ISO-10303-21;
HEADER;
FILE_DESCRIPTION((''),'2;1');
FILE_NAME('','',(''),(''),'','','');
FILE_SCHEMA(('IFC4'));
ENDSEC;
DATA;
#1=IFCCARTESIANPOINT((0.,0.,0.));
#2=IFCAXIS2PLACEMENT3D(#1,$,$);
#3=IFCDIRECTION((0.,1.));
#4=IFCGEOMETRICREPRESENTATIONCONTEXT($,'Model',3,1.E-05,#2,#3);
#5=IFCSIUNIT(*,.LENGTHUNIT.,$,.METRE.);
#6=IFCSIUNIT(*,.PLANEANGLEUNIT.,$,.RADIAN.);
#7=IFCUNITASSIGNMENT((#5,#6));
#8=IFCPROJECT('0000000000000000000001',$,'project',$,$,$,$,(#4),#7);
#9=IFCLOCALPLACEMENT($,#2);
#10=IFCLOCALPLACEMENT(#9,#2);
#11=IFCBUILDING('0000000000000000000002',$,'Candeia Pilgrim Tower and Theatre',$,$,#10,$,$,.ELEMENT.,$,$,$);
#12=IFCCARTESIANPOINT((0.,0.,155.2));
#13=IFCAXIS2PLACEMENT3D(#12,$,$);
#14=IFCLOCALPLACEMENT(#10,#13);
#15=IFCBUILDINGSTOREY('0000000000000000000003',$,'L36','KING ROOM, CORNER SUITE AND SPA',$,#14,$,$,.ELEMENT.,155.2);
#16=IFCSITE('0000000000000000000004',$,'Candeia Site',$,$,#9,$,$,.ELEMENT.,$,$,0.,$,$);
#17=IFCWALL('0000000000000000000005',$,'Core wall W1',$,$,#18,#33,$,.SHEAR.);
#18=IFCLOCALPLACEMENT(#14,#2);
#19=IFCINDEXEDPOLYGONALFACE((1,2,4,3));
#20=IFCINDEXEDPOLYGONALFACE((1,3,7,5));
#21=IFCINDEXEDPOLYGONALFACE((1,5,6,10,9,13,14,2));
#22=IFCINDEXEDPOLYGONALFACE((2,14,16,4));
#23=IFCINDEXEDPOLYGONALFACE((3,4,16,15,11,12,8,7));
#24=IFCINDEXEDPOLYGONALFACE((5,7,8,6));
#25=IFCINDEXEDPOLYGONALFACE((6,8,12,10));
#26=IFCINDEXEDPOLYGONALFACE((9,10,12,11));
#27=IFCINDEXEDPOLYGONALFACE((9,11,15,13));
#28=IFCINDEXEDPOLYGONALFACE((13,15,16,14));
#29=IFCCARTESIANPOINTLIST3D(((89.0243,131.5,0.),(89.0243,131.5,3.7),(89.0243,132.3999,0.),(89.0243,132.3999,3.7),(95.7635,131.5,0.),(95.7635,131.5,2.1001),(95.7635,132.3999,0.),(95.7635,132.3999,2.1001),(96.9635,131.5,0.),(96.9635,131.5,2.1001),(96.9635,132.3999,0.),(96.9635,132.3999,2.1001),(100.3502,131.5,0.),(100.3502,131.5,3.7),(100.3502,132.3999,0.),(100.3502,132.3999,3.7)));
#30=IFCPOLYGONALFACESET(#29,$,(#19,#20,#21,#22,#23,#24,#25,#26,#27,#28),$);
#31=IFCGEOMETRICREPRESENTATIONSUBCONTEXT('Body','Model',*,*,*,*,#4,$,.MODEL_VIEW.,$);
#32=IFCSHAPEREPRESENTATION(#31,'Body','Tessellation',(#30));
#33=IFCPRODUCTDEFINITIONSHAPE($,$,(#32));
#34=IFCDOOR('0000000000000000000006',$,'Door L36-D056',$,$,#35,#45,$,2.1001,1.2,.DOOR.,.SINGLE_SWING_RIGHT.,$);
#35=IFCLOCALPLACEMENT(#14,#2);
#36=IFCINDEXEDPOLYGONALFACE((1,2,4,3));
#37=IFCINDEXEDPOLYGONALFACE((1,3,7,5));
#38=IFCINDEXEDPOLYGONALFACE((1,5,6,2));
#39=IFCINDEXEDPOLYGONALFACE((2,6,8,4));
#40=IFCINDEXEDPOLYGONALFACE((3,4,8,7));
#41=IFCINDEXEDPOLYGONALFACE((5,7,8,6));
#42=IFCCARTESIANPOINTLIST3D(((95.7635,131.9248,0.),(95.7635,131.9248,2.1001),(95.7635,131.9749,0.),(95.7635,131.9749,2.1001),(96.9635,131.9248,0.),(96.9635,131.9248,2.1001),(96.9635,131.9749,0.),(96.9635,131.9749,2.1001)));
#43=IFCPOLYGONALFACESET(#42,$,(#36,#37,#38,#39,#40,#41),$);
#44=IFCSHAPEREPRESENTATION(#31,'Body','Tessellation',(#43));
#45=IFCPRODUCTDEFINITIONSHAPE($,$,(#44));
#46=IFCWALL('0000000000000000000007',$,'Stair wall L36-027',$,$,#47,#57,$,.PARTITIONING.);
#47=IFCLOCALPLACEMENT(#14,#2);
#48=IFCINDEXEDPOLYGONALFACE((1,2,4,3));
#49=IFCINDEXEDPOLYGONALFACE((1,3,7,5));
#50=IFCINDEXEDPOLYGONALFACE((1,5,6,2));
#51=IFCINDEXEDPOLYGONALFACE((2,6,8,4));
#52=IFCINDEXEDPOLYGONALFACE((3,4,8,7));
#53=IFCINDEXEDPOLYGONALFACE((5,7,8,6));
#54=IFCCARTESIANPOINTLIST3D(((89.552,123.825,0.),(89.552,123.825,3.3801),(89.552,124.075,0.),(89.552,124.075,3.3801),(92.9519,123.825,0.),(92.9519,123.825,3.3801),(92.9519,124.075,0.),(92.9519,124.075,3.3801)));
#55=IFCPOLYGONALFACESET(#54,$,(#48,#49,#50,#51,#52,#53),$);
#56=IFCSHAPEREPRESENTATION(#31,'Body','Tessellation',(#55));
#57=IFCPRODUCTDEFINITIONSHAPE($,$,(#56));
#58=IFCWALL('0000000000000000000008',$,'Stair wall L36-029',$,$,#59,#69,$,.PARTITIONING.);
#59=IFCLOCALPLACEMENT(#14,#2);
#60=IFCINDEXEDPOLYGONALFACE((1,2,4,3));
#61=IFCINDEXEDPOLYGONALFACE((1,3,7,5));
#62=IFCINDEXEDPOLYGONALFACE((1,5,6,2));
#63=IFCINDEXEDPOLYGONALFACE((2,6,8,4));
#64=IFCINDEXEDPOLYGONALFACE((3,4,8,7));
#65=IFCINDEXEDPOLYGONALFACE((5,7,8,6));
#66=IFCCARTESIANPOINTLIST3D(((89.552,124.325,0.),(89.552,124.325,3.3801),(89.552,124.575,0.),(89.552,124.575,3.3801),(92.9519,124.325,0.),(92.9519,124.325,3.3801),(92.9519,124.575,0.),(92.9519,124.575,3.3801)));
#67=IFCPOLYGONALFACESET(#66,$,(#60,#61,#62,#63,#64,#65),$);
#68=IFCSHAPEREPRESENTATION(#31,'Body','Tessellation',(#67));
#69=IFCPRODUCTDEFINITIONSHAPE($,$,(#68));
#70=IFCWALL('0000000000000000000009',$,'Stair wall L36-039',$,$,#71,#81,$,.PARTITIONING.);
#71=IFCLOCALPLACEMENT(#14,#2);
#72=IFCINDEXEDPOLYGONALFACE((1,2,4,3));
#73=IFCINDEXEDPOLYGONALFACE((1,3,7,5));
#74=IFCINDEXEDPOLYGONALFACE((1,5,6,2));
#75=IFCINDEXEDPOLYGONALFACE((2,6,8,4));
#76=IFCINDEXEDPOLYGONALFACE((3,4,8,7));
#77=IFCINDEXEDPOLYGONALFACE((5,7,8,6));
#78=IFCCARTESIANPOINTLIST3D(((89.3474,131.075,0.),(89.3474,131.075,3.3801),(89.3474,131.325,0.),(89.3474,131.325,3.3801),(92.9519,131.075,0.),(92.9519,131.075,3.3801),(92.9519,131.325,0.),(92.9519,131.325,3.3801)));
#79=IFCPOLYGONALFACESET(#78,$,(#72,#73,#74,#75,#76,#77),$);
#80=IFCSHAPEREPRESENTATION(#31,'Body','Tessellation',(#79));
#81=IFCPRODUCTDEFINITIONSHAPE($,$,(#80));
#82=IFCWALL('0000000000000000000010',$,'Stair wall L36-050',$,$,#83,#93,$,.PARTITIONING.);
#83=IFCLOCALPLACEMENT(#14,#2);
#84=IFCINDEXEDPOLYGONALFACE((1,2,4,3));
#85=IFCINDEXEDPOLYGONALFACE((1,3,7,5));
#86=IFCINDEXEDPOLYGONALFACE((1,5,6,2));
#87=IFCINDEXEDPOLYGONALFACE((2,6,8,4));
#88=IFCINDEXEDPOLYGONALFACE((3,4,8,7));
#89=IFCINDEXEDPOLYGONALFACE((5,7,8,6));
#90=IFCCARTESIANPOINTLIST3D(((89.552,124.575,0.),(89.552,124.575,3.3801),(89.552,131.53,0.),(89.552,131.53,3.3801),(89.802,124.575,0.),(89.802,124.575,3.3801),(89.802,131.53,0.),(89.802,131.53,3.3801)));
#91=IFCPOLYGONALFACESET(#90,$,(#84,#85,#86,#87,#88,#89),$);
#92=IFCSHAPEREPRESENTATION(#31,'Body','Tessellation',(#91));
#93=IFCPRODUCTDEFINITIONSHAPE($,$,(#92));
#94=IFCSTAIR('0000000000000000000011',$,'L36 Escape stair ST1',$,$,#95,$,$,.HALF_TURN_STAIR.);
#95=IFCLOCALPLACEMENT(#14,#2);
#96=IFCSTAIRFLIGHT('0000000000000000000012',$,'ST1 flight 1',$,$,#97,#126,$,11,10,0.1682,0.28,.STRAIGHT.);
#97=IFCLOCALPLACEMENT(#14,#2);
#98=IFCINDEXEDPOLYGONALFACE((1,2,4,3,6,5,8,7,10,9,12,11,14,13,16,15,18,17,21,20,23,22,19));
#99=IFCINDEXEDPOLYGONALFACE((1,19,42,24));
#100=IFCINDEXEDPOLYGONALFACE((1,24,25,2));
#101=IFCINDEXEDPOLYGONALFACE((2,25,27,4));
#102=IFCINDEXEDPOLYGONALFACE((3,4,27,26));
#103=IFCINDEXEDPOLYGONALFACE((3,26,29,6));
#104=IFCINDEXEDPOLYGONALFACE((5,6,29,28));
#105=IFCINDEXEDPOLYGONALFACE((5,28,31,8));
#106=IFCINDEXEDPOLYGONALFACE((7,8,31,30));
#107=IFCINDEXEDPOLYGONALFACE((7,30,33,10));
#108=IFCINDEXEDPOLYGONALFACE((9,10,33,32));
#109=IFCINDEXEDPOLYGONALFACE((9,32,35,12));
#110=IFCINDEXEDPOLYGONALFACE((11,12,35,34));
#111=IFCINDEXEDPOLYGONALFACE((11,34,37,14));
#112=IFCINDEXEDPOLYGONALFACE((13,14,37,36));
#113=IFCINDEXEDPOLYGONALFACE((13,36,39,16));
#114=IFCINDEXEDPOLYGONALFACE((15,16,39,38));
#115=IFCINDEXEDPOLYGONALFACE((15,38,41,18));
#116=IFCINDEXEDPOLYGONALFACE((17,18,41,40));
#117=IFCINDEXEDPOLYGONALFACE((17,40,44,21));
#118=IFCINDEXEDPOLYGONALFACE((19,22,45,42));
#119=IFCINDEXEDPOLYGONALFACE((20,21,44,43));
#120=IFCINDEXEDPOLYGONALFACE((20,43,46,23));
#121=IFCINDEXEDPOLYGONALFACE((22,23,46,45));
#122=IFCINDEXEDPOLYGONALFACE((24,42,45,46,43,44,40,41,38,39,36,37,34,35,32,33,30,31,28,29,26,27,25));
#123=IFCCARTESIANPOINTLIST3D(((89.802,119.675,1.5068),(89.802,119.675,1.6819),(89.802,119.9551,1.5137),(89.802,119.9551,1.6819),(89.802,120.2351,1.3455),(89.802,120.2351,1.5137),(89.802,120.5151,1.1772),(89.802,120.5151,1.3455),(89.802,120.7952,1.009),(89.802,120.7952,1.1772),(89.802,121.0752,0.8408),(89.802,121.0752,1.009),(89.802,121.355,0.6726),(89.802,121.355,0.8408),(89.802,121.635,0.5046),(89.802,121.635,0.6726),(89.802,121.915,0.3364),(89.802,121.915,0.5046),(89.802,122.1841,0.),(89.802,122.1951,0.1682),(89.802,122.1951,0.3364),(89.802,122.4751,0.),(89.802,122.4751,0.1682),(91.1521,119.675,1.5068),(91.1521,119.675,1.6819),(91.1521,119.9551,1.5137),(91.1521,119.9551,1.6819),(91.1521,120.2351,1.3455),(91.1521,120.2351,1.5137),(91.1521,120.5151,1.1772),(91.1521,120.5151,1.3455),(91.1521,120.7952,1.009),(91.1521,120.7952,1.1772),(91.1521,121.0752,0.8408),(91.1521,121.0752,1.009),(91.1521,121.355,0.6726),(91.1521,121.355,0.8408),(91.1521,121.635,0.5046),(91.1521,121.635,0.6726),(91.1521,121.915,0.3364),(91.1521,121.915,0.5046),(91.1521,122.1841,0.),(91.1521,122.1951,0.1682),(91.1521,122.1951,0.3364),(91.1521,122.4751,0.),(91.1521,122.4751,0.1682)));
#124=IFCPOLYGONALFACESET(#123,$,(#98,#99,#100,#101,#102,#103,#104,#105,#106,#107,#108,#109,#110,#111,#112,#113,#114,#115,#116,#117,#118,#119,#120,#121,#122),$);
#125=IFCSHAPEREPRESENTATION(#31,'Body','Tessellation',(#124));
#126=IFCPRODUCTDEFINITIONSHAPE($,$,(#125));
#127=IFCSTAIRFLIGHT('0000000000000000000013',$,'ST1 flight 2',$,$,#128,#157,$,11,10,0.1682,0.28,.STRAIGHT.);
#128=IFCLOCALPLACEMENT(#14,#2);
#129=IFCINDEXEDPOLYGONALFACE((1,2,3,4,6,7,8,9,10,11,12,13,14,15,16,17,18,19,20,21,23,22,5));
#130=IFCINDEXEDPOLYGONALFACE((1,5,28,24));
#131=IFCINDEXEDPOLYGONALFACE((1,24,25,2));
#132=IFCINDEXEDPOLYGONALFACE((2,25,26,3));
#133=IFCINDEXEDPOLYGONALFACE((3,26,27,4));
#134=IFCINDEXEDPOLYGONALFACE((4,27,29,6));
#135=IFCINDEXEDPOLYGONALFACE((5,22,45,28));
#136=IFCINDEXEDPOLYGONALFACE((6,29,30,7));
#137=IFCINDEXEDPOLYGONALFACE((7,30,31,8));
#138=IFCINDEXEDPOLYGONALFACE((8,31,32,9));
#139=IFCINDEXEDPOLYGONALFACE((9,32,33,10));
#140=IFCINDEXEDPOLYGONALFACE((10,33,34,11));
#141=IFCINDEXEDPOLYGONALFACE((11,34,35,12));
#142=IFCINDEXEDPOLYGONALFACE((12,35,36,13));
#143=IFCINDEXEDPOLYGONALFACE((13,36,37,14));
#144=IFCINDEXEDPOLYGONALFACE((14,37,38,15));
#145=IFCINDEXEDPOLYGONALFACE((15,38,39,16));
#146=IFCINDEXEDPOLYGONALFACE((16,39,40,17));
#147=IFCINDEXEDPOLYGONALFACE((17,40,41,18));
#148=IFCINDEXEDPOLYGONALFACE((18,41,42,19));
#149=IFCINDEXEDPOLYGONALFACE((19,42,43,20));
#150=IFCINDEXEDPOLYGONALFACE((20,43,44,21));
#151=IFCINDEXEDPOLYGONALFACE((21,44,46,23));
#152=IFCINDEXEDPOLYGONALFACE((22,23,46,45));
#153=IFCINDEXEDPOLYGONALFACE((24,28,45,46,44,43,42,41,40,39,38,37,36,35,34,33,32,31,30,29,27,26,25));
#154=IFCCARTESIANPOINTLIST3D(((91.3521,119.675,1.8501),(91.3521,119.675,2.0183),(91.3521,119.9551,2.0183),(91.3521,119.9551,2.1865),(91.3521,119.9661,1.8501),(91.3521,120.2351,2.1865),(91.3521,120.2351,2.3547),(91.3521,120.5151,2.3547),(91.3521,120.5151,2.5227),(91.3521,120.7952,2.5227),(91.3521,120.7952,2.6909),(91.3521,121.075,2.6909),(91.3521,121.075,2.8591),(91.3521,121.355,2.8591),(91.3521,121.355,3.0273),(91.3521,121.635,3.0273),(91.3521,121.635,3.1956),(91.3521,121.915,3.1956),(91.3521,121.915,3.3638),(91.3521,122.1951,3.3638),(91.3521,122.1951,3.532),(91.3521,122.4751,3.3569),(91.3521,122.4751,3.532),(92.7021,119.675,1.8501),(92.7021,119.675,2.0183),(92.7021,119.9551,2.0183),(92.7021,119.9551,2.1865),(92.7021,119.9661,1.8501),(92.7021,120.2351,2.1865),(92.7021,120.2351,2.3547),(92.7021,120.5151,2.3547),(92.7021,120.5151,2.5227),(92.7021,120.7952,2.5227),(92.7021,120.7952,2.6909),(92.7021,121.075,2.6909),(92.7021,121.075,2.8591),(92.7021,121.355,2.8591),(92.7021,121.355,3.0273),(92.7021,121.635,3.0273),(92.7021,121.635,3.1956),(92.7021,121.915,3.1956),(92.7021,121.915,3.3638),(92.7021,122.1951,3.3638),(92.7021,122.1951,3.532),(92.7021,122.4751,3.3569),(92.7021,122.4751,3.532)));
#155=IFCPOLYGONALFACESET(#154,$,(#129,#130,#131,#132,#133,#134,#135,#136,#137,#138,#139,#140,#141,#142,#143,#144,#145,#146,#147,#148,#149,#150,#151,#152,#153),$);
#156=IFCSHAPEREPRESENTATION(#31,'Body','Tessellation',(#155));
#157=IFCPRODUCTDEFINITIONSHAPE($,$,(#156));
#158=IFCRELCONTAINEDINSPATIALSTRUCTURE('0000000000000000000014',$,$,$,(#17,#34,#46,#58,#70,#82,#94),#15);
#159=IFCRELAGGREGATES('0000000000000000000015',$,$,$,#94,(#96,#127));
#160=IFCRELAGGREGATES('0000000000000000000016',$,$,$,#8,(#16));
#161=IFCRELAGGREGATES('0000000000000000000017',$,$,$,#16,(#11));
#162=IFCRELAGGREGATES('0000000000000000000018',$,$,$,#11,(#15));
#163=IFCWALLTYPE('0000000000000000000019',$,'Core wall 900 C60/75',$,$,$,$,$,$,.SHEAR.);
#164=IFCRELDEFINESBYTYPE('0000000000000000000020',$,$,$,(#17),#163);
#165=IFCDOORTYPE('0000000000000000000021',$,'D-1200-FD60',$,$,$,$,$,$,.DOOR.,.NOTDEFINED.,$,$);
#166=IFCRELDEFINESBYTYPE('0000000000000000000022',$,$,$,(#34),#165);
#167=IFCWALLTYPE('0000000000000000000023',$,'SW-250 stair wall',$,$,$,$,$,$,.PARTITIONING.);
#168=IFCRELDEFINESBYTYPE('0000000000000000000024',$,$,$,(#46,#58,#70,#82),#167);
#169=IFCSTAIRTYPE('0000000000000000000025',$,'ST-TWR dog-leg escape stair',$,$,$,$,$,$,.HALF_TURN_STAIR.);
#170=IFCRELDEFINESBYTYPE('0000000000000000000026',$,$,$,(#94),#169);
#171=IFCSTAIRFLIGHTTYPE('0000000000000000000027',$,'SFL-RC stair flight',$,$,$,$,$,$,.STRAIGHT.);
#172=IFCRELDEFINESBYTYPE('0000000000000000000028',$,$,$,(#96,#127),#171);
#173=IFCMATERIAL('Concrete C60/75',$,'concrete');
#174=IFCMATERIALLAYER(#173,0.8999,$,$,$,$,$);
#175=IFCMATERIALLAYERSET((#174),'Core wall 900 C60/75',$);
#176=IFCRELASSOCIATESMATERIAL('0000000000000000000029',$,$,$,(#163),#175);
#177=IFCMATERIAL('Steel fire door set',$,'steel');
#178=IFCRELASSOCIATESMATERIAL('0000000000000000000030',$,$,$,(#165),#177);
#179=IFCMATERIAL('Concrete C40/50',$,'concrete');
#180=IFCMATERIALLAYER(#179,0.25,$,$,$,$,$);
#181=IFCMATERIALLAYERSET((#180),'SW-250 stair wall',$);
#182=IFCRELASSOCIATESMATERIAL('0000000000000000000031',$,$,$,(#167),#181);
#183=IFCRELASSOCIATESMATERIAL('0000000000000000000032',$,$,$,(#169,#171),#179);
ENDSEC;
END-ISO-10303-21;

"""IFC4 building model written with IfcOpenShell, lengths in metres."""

from ifc_helpers import new_model, si_unit, direction, frame, frame_2d, origin, place, context, subcontext, project, spatial, polyline, rectangle, outline, extrude, material, layer, layer_set, type_object, element, fill, aggregate, save


model = new_model("IFC4")

# Units and contexts
model_context = context("Model", 3, precision=1e-05, world=origin(), true_north=direction((0.0, 1.0)))
body_context = subcontext(model_context, "Body", "Model", "MODEL_VIEW")
ifc_project = project(units=[si_unit("LENGTHUNIT", "METRE"), si_unit("PLANEANGLEUNIT", "RADIAN")], contexts=[model_context])

# Site, building, storey
site_placement = place(None, origin())
site = spatial("IfcSite", under=ifc_project, at=site_placement, Name="Candeia Site", CompositionType="ELEMENT", RefElevation=0.0)
building_placement = place(site_placement, origin())
building = spatial("IfcBuilding", under=site, at=building_placement, Name="Candeia Pilgrim Tower and Theatre", CompositionType="ELEMENT")
storey_placement = place(building_placement, frame((0.0, 0.0, 155.2)))
storey = spatial("IfcBuildingStorey", under=building, at=storey_placement, Name="L36", Description="KING ROOM, CORNER SUITE AND SPA", CompositionType="ELEMENT", Elevation=155.2)

# Wall, opening, door
ifc_material_1 = material(Name="Concrete C60/75", Category="concrete")
ifc_layer_1 = layer(ifc_material_1, 0.8999)
ifc_layer_set_1 = layer_set([ifc_layer_1], Name="Core wall 900 C60/75")
wall_type_1 = type_object("IfcWallType", Name="Core wall 900 C60/75", PredefinedType="SHEAR", material=ifc_layer_set_1)
wall_1_placement = place(storey_placement, frame((89.0242, 131.95, 0.0), z_axis=(0.0, 0.0, 1.0), x_axis=(1.0, 0.0, 0.0)))
wall_1 = element("IfcWall", 1, at=wall_1_placement, inside=storey, type_object=wall_type_1, Name="Core wall W1", PredefinedType="SHEAR", context=body_context, shape_type="SweptSolid", body=[
    extrude(rectangle(XDim=11.3259, YDim=0.8999, at=frame_2d((5.6631, 0.0))), origin(), (0.0, 0.0, 1.0), 3.7),
])
opening_placement = place(wall_1_placement, frame((6.7393, 0.0, 0.0)))
opening = element("IfcOpeningElement", 2, at=opening_placement, cuts=wall_1, PredefinedType="OPENING", context=body_context, shape_type="SweptSolid", body=[
    extrude(rectangle(XDim=1.2, YDim=2.1001, at=frame_2d((0.6001, 1.05))), frame((0.0, 0.46, 0.0), z_axis=(0.0, -1.0, 0.0), x_axis=(1.0, 0.0, 0.0)), (0.0, 0.0, 1.0), 0.9199),
])
ifc_material_2 = material(Name="Steel fire door set", Category="steel")
door_type = type_object("IfcDoorType", Name="D-1200-FD60", OperationType="NOTDEFINED", PredefinedType="DOOR", material=ifc_material_2)
door_placement = place(opening_placement, origin())
door = element("IfcDoor", 3, at=door_placement, inside=storey, type_object=door_type, Name="Door L36-D056", OperationType="SINGLE_SWING_RIGHT", OverallHeight=2.1001, OverallWidth=1.2, PredefinedType="DOOR", context=body_context, shape_type="SweptSolid", body=[
    extrude(rectangle(XDim=1.2, YDim=2.1001, at=frame_2d((0.6001, 1.05))), frame((0.0, 0.0249, 0.0), z_axis=(0.0, -1.0, 0.0), x_axis=(1.0, 0.0, 0.0)), (0.0, 0.0, 1.0), 0.05),
])
fill(opening, door)

# Walls
ifc_material_3 = material(Name="Concrete C40/50", Category="concrete")
ifc_layer_2 = layer(ifc_material_3, 0.25)
ifc_layer_set_2 = layer_set([ifc_layer_2], Name="SW-250 stair wall")
wall_type_2 = type_object("IfcWallType", Name="SW-250 stair wall", PredefinedType="PARTITIONING", material=ifc_layer_set_2)
for number, where, z_axis, x_axis, name in (
    (4, (89.552, 123.95, 0.0), (0.0, 0.0, 1.0), (1.0, 0.0, 0.0), "Stair wall L36-027"),
    (5, (89.552, 124.45, 0.0), (0.0, 0.0, 1.0), (1.0, 0.0, 0.0), "Stair wall L36-029"),
):
    element("IfcWall", number, at=place(storey_placement, frame(where, z_axis=z_axis, x_axis=x_axis)), inside=storey, type_object=wall_type_2, Name=name, PredefinedType="PARTITIONING", context=body_context, shape_type="SweptSolid", body=[
        extrude(rectangle(XDim=3.3999, YDim=0.25, at=frame_2d((1.7, 0.0))), origin(), (0.0, 0.0, 1.0), 3.3801),
    ])
wall_2_placement = place(storey_placement, frame((89.3474, 131.2, 0.0), z_axis=(0.0, 0.0, 1.0), x_axis=(1.0, 0.0, 0.0)))
element("IfcWall", 6, at=wall_2_placement, inside=storey, type_object=wall_type_2, Name="Stair wall L36-039", PredefinedType="PARTITIONING", context=body_context, shape_type="SweptSolid", body=[
    extrude(rectangle(XDim=3.6045, YDim=0.25, at=frame_2d((1.8022, 0.0))), origin(), (0.0, 0.0, 1.0), 3.3801),
])
wall_3_placement = place(storey_placement, frame((89.677, 124.575, 0.0), z_axis=(0.0, 0.0, 1.0), x_axis=(0.0, 1.0, 0.0)))
element("IfcWall", 7, at=wall_3_placement, inside=storey, type_object=wall_type_2, Name="Stair wall L36-050", PredefinedType="PARTITIONING", context=body_context, shape_type="SweptSolid", body=[
    extrude(rectangle(XDim=6.9551, YDim=0.25, at=frame_2d((3.4775, 0.0))), origin(), (0.0, 0.0, 1.0), 3.3801),
])

# Stair, stair flights
stair_type = type_object("IfcStairType", Name="ST-TWR dog-leg escape stair", PredefinedType="HALF_TURN_STAIR", material=ifc_material_3)
stair_1_placement = place(storey_placement, origin())
stair_1 = element("IfcStair", 8, at=stair_1_placement, inside=storey, type_object=stair_type, Name="L36 Escape stair ST1", PredefinedType="HALF_TURN_STAIR")
stair_flight_type = type_object("IfcStairFlightType", Name="SFL-RC stair flight", PredefinedType="STRAIGHT", material=ifc_material_3)
stair_flight_1_placement = place(storey_placement, frame((90.4771, 122.4751, 0.0), z_axis=(0.0, 0.0, 1.0), x_axis=(0.0, -1.0, 0.0)))
stair_flight_1 = element("IfcStairFlight", 9, at=stair_flight_1_placement, type_object=stair_flight_type, Name="ST1 flight 1", NumberOfRisers=11, NumberOfTreads=10, PredefinedType="STRAIGHT", RiserHeight=0.1682, TreadLength=0.28, context=body_context, shape_type="SweptSolid", body=[
    extrude(outline(polyline([(0.0, 0.0), (0.0, 0.1682), (0.28, 0.1682), (0.28, 0.3364), (0.5601, 0.3364), (0.5601, 0.5046), (0.8401, 0.5046), (0.8401, 0.6726), (1.1201, 0.6726), (1.1201, 0.8408), (1.3999, 0.8408), (1.3999, 1.009), (1.6799, 1.009), (1.6799, 1.1772), (1.96, 1.1772), (1.96, 1.3455), (2.24, 1.3455), (2.24, 1.5137), (2.52, 1.5137), (2.52, 1.6819), (2.8, 1.6819), (2.8, 1.8501), (2.8, 1.5068), (0.291, 0.0), (0.0, 0.0)])), frame((0.0, 0.675, 0.0), z_axis=(0.0, -1.0, 0.0), x_axis=(1.0, 0.0, 0.0)), (0.0, 0.0, 1.0), 1.3501),
])
stair_flight_2_placement = place(storey_placement, frame((92.0271, 119.675, 1.8501), z_axis=(0.0, 0.0, 1.0), x_axis=(0.0, 1.0, 0.0)))
stair_flight_2 = element("IfcStairFlight", 10, at=stair_flight_2_placement, type_object=stair_flight_type, Name="ST1 flight 2", NumberOfRisers=11, NumberOfTreads=10, PredefinedType="STRAIGHT", RiserHeight=0.1682, TreadLength=0.28, context=body_context, shape_type="SweptSolid", body=[
    extrude(outline(polyline([(0.0, 0.0), (0.0, 0.1682), (0.28, 0.1682), (0.28, 0.3364), (0.5601, 0.3364), (0.5601, 0.5046), (0.8401, 0.5046), (0.8401, 0.6726), (1.1201, 0.6726), (1.1201, 0.8408), (1.3999, 0.8408), (1.3999, 1.009), (1.6799, 1.009), (1.6799, 1.1772), (1.96, 1.1772), (1.96, 1.3455), (2.24, 1.3455), (2.24, 1.5137), (2.52, 1.5137), (2.52, 1.6819), (2.8, 1.6819), (2.8, 1.8501), (2.8, 1.5068), (0.291, 0.0), (0.0, 0.0)])), frame((0.0, 0.675, 0.0), z_axis=(0.0, -1.0, 0.0), x_axis=(1.0, 0.0, 0.0)), (0.0, 0.0, 1.0), 1.3501),
])
aggregate(stair_1, [stair_flight_1, stair_flight_2])

save(model, "model.ifc")
